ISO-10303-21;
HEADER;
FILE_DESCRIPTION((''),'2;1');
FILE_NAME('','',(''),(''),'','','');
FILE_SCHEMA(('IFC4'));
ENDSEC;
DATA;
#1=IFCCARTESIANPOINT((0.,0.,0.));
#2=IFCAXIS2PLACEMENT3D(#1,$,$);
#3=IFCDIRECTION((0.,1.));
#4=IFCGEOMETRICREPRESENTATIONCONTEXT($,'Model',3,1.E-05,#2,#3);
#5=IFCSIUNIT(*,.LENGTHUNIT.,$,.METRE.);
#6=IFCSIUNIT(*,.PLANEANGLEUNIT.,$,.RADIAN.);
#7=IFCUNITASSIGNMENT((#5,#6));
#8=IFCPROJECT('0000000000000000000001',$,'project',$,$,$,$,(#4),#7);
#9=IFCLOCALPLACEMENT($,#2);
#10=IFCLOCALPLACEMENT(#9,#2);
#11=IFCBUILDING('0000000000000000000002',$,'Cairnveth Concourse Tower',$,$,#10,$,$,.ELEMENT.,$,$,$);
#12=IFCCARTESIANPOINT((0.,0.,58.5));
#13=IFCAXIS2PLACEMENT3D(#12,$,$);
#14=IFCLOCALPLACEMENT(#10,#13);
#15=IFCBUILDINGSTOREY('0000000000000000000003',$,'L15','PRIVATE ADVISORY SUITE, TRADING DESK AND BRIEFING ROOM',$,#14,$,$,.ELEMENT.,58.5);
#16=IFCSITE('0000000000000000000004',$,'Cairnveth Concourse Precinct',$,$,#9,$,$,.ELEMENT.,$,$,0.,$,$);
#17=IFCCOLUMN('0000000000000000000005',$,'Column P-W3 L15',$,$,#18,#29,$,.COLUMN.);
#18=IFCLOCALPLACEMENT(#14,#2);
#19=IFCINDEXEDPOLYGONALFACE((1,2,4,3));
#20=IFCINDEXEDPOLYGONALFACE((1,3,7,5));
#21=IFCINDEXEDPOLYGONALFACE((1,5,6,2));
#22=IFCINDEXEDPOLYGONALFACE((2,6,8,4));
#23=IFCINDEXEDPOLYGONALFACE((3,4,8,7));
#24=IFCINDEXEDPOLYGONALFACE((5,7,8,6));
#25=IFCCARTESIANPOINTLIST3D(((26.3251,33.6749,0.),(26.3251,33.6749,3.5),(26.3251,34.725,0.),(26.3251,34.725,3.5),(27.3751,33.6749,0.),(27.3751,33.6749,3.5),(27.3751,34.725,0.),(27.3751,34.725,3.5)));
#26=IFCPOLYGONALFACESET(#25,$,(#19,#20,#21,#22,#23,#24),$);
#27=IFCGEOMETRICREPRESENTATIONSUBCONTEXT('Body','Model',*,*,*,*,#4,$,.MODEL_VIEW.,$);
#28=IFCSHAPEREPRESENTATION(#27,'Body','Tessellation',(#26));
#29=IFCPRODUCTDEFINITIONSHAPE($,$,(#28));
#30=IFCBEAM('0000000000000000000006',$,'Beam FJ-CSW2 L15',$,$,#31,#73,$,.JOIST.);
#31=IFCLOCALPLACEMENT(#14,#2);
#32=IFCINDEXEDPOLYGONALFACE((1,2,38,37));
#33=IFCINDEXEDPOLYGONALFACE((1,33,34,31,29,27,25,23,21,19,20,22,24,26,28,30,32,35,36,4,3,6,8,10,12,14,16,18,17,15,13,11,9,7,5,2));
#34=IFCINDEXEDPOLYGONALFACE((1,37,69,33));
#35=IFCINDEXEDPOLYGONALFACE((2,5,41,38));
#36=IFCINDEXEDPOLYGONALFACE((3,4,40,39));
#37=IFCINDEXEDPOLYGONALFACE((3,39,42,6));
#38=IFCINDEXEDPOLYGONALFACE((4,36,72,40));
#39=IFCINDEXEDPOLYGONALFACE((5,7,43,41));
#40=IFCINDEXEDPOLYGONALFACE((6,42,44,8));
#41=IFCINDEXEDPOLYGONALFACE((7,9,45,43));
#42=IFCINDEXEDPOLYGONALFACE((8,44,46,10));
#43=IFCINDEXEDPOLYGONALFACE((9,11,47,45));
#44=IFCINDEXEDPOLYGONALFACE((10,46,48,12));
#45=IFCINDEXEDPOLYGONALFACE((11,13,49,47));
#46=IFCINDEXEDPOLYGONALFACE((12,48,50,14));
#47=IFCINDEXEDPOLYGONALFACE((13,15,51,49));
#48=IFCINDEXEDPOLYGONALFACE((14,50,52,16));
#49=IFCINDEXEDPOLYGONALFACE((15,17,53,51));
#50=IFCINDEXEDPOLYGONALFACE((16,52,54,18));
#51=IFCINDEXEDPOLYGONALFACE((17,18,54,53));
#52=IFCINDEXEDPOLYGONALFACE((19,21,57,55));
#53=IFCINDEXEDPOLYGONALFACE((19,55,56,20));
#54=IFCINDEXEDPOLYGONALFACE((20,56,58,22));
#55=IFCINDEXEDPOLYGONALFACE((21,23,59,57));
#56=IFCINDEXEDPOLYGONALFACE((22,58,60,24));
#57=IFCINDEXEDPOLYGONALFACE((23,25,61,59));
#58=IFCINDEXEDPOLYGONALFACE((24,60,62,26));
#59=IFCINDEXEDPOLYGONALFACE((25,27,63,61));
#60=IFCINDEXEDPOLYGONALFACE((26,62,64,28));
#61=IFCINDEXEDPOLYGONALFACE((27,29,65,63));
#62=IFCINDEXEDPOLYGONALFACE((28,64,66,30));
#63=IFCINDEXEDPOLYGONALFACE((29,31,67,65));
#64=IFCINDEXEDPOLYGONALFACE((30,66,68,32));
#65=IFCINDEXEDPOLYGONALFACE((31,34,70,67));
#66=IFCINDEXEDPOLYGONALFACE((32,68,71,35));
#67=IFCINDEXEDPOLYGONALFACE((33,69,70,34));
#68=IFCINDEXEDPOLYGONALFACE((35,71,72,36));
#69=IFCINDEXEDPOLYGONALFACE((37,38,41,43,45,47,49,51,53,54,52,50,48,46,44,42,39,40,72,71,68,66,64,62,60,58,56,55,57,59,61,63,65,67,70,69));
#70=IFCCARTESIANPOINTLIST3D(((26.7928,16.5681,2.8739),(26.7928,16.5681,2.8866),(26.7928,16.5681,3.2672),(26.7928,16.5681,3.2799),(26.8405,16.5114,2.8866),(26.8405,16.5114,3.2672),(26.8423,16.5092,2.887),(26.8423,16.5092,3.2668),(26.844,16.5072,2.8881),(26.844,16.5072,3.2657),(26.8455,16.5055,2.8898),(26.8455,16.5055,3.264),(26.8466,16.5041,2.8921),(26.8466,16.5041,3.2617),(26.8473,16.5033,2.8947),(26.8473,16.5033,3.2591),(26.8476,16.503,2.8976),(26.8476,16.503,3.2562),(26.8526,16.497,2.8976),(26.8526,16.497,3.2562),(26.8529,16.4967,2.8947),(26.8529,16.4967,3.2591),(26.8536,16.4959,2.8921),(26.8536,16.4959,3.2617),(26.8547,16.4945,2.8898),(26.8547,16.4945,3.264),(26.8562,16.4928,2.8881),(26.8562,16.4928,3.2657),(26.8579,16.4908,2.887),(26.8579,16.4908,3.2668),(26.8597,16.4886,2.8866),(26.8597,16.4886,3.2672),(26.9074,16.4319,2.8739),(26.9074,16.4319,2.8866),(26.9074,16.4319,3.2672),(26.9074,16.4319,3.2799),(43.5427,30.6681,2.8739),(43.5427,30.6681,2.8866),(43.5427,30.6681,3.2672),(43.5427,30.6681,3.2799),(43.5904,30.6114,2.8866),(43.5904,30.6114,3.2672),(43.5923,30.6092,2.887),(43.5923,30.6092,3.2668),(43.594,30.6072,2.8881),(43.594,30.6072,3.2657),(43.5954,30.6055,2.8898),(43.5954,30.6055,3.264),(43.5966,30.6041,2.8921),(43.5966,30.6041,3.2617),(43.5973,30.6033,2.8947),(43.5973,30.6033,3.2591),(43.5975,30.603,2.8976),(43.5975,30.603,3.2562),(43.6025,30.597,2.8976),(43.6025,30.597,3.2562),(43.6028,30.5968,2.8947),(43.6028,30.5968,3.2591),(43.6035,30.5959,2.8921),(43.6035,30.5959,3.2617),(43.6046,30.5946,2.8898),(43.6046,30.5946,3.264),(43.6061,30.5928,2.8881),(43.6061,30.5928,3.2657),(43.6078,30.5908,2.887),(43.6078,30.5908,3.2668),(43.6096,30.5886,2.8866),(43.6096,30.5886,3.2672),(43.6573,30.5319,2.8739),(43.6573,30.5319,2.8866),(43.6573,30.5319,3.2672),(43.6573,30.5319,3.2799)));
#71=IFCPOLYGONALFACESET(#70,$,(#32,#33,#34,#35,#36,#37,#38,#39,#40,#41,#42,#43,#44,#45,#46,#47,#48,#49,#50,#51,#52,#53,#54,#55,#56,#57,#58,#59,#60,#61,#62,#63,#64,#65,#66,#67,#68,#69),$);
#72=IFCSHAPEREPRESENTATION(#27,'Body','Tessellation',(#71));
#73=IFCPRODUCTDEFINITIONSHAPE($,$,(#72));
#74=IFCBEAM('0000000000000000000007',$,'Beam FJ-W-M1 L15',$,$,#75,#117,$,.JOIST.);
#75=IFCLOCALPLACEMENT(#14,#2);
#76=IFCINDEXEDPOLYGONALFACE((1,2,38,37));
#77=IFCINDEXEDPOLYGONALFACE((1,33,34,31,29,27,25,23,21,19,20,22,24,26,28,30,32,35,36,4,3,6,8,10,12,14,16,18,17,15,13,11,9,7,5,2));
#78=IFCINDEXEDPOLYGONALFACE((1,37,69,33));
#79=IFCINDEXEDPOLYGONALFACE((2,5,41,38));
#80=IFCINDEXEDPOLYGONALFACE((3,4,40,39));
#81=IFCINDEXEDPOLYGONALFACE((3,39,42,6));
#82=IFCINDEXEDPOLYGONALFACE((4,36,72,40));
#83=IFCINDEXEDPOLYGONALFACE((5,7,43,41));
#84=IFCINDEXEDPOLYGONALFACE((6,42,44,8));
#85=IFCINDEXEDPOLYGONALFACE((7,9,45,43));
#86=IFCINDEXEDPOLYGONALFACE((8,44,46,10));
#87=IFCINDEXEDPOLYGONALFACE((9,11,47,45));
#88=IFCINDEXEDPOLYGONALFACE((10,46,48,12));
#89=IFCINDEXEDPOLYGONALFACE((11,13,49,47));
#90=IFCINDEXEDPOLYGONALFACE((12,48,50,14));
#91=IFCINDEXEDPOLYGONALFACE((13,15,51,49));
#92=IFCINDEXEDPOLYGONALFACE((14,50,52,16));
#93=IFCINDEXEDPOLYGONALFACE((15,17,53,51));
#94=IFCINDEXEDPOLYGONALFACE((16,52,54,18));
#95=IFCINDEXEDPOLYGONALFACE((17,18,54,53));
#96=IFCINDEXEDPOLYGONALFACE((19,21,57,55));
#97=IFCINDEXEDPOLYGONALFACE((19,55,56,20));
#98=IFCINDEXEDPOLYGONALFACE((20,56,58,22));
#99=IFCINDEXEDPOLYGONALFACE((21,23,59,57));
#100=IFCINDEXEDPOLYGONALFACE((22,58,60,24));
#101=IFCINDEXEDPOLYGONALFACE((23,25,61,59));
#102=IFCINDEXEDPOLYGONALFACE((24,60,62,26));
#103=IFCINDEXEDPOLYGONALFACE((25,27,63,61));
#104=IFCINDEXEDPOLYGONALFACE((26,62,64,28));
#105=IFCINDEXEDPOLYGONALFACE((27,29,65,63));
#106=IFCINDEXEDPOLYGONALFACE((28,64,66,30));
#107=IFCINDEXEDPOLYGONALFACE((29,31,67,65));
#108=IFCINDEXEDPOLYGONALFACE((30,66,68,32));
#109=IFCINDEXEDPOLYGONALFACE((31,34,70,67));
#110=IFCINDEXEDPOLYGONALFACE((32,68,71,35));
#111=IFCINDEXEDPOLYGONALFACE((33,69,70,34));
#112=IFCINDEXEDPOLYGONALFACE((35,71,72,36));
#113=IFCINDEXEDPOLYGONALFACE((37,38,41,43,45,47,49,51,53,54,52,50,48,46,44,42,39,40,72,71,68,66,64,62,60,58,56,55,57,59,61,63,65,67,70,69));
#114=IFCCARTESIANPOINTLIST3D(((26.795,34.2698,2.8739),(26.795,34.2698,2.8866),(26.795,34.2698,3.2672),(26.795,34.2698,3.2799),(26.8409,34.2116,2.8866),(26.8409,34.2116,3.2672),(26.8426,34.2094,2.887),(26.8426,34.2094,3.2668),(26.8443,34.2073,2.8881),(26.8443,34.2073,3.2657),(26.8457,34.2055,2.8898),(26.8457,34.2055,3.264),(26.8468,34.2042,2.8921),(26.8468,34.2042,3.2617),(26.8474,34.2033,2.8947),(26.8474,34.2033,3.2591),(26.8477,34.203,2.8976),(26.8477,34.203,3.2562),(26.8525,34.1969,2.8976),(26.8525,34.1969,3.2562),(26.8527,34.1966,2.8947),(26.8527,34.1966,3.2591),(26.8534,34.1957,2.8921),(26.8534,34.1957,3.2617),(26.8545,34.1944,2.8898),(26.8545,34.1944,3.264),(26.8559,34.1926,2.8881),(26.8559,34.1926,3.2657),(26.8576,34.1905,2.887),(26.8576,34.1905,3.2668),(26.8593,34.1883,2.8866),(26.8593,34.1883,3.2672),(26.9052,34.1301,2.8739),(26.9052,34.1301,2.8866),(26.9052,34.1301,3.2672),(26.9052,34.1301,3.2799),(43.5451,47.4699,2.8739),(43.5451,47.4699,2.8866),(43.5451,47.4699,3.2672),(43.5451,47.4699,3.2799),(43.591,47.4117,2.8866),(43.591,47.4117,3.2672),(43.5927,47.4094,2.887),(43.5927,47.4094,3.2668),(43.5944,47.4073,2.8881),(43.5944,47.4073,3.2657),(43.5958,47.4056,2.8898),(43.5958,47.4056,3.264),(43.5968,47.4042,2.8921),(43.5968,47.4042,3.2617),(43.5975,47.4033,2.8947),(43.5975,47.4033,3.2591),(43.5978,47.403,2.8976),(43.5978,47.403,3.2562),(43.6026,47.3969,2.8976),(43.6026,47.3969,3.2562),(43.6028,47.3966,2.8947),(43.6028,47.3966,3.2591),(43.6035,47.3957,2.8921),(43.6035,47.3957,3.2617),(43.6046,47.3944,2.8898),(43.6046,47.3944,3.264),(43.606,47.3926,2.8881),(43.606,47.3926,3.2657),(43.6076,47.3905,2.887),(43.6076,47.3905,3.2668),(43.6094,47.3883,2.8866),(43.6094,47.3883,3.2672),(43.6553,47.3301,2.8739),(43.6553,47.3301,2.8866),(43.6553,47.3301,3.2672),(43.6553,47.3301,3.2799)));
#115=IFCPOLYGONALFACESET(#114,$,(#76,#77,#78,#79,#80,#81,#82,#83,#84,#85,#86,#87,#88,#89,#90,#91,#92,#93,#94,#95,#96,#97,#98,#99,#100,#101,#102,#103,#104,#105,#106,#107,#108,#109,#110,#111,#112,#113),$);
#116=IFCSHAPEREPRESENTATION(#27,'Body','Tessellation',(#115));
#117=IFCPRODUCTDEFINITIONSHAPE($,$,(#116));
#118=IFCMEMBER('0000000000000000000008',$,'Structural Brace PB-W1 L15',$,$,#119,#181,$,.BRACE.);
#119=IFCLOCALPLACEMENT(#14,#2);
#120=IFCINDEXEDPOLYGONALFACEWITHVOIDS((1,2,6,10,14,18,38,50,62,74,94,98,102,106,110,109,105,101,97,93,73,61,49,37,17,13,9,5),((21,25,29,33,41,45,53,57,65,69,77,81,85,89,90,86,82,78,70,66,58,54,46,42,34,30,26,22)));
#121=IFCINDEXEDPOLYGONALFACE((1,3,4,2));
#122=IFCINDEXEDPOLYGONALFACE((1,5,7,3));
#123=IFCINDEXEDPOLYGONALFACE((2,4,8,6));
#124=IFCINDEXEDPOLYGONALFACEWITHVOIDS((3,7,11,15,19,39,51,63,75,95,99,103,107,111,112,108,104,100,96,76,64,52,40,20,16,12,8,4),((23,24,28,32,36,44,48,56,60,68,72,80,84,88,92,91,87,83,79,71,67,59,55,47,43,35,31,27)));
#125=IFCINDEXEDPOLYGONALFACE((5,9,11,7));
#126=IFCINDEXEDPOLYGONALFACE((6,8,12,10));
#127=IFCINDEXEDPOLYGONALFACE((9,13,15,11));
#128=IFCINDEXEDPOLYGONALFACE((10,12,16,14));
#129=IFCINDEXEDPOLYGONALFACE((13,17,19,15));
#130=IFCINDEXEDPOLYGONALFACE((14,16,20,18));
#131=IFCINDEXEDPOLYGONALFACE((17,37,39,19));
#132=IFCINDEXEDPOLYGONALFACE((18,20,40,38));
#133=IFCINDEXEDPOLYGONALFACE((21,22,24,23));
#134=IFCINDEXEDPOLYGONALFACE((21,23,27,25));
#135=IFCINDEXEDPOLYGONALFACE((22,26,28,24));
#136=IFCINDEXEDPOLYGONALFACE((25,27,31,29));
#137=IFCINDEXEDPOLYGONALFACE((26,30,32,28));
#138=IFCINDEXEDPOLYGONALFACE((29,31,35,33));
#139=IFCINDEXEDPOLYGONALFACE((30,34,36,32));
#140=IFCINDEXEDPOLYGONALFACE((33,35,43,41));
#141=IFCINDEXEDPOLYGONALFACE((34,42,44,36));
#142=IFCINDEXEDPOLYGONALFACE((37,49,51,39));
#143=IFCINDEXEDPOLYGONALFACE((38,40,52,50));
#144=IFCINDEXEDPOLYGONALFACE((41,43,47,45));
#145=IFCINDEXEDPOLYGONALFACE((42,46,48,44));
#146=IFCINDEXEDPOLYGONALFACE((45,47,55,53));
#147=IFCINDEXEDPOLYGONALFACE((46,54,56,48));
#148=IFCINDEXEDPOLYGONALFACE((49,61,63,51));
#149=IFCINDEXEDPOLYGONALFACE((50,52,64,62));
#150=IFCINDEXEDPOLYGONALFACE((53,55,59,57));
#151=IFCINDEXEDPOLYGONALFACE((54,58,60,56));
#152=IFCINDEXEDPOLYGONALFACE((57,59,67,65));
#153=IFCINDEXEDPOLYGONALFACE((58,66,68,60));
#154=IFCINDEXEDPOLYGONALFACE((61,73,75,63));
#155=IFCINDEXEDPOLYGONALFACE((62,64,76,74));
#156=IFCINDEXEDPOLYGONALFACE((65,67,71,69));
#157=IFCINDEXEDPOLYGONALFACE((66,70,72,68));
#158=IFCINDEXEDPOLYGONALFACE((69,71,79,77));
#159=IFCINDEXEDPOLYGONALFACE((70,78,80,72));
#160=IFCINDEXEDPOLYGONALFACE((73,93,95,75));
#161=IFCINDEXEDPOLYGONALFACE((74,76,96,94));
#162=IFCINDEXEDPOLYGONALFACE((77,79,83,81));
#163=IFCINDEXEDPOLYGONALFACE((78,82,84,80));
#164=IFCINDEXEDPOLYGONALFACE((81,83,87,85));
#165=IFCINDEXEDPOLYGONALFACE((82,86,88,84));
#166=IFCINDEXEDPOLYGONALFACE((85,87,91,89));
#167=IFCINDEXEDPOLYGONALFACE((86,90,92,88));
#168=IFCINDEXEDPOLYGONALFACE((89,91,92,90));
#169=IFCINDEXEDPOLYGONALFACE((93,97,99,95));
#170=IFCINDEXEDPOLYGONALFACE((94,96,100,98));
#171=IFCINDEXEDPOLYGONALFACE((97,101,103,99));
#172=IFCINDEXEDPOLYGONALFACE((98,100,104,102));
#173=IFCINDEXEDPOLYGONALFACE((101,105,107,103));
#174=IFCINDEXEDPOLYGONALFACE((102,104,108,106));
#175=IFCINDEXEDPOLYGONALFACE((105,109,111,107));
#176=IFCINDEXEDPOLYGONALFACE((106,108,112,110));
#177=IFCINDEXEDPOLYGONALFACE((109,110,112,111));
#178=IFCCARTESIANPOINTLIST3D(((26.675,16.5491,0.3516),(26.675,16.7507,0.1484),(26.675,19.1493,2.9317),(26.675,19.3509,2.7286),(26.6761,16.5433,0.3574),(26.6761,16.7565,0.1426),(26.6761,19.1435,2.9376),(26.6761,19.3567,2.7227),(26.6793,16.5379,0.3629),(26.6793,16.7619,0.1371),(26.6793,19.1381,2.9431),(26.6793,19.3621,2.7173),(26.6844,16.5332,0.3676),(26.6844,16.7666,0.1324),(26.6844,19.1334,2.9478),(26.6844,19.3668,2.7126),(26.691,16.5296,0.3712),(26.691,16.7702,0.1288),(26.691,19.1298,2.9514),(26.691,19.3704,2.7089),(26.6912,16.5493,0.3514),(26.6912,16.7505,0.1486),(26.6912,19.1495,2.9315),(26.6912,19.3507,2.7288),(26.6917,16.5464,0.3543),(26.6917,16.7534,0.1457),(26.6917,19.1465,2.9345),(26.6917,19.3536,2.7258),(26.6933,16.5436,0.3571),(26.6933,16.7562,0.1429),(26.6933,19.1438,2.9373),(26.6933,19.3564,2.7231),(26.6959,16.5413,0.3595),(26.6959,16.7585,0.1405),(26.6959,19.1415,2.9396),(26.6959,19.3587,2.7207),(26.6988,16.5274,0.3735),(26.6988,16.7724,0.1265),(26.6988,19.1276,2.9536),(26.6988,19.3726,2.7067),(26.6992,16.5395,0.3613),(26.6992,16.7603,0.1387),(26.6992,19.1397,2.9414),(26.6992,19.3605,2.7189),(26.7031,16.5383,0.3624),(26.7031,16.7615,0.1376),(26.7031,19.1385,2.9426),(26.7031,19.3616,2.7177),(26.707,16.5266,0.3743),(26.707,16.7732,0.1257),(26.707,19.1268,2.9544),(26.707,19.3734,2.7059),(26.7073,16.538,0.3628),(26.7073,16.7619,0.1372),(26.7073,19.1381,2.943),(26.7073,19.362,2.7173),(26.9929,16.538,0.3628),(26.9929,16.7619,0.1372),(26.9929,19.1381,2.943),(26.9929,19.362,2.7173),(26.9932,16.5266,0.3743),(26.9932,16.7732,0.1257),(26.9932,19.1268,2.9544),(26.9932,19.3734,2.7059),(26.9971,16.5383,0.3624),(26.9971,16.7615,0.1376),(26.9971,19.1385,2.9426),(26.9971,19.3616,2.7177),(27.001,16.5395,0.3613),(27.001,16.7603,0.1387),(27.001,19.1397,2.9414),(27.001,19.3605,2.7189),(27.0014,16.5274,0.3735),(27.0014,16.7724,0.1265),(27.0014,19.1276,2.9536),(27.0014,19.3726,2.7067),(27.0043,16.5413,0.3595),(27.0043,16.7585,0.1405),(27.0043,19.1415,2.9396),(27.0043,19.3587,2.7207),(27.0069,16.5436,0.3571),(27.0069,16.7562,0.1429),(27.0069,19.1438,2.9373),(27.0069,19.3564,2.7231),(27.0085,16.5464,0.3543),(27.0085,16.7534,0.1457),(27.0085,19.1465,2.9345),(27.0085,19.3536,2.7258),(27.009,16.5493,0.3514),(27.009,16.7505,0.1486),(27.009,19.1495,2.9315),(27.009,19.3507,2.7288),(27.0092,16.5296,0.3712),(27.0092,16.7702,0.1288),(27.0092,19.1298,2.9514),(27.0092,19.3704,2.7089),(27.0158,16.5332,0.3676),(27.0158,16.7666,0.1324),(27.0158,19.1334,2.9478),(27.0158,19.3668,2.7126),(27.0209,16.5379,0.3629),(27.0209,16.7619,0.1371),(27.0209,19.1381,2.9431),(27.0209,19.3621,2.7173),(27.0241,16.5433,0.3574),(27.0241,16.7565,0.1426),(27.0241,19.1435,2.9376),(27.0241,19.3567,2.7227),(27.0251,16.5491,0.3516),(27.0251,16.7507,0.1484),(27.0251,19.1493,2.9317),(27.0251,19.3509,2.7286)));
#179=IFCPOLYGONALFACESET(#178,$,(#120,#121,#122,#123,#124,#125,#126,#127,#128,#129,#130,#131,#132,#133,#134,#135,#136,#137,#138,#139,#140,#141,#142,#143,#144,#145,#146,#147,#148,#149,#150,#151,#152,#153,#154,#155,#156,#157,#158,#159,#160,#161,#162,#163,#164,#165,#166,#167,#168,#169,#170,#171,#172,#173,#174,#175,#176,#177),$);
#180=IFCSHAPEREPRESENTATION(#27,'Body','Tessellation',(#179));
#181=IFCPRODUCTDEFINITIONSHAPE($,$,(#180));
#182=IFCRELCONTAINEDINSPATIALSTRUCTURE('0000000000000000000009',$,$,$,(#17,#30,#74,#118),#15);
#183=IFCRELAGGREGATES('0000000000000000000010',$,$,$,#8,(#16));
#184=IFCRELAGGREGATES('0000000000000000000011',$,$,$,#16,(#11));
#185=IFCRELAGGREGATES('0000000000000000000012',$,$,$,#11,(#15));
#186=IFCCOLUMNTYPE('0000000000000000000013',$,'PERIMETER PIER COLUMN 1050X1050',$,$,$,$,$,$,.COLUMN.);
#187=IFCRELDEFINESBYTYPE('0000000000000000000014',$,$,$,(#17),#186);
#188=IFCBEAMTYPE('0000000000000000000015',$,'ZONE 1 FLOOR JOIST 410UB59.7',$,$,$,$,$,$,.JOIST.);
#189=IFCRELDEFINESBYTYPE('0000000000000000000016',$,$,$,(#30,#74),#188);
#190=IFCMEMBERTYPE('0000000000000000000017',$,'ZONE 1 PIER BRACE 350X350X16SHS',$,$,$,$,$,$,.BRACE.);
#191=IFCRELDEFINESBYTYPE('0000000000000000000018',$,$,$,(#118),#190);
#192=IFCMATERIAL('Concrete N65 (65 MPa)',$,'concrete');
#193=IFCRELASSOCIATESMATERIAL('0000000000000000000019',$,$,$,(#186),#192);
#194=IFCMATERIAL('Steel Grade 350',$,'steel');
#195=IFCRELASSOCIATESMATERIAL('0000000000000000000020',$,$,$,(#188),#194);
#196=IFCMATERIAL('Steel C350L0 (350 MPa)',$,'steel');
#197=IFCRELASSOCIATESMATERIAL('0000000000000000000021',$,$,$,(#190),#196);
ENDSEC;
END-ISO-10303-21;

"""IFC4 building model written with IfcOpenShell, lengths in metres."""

from ifc_helpers import new_model, si_unit, direction, frame, origin, origin_2d, place, context, subcontext, project, spatial, rectangle, hollow_rectangle, i_section, extrude, material, material_profile, profile_set, type_object, element, save


model = new_model("IFC4")

# Units and contexts
model_context = context("Model", 3, precision=1e-05, world=origin(), true_north=direction((0.0, 1.0)))
body_context = subcontext(model_context, "Body", "Model", "MODEL_VIEW")
ifc_project = project(units=[si_unit("LENGTHUNIT", "METRE"), si_unit("PLANEANGLEUNIT", "RADIAN")], contexts=[model_context])

# Site, building, storey
site_placement = place(None, origin())
site = spatial("IfcSite", under=ifc_project, at=site_placement, Name="Cairnveth Concourse Precinct", CompositionType="ELEMENT", RefElevation=0.0)
building_placement = place(site_placement, origin())
building = spatial("IfcBuilding", under=site, at=building_placement, Name="Cairnveth Concourse Tower", CompositionType="ELEMENT")
storey_placement = place(building_placement, frame((0.0, 0.0, 58.5)))
storey = spatial("IfcBuildingStorey", under=building, at=storey_placement, Name="L15", Description="PRIVATE ADVISORY SUITE, TRADING DESK AND BRIEFING ROOM", CompositionType="ELEMENT", Elevation=58.5)

# Column
ifc_material_1 = material(Name="Concrete N65 (65 MPa)", Category="concrete")
ifc_material_profile_1 = material_profile(ifc_material_1, rectangle(XDim=1.05, YDim=1.05, at=origin_2d()), Name="RC-COL-1050x1050")
ifc_profile_set_1 = profile_set([ifc_material_profile_1], Name="Concrete N65 (65 MPa)")
column_type = type_object("IfcColumnType", Name="PERIMETER PIER COLUMN 1050X1050", PredefinedType="COLUMN", material=ifc_profile_set_1)
column_placement = place(storey_placement, frame((26.8501, 34.2, 0.0), z_axis=(0.0, 0.0, 1.0), x_axis=(0.0, 1.0, 0.0)))
element("IfcColumn", 1, at=column_placement, inside=storey, type_object=column_type, Name="Column P-W3 L15", PredefinedType="COLUMN", context=body_context, shape_type="SweptSolid", body=[
    extrude(rectangle(XDim=1.05, YDim=1.05, at=origin_2d()), origin(), (0.0, 0.0, 1.0), 3.5),
])

# Beams
ifc_material_2 = material(Name="Steel Grade 350", Category="steel")
ifc_material_profile_2 = material_profile(ifc_material_2, i_section(OverallWidth=0.178, OverallDepth=0.406, WebThickness=0.0078, FlangeThickness=0.0127, FilletRadius=0.011, at=origin_2d()), Name="410UB59.7")
ifc_profile_set_2 = profile_set([ifc_material_profile_2], Name="Steel Grade 350")
beam_type_1 = type_object("IfcBeamType", Name="ZONE 1 FLOOR JOIST 410UB59.7", PredefinedType="JOIST", material=ifc_profile_set_2)
beam_1_placement = place(storey_placement, frame((26.8501, 16.5, 3.0769), z_axis=(0.765027, 0.643998, 0.0), x_axis=(-0.643998, 0.765027, 0.0)))
element("IfcBeam", 2, at=beam_1_placement, inside=storey, type_object=beam_type_1, Name="Beam FJ-CSW2 L15", PredefinedType="JOIST", context=body_context, shape_type="SweptSolid", body=[
    extrude(i_section(OverallWidth=0.178, OverallDepth=0.406, WebThickness=0.0078, FlangeThickness=0.0127, FilletRadius=0.011, at=origin_2d()), origin(), (0.0, 0.0, 1.0), 21.8945),
])
beam_2_placement = place(storey_placement, frame((26.8501, 34.2, 3.0769), z_axis=(0.785424, 0.618958, 0.0), x_axis=(-0.618958, 0.785424, 0.0)))
element("IfcBeam", 3, at=beam_2_placement, inside=storey, type_object=beam_type_1, Name="Beam FJ-W-M1 L15", PredefinedType="JOIST", context=body_context, shape_type="SweptSolid", body=[
    extrude(i_section(OverallWidth=0.178, OverallDepth=0.406, WebThickness=0.0078, FlangeThickness=0.0127, FilletRadius=0.011, at=origin_2d()), origin(), (0.0, 0.0, 1.0), 21.3262),
])

# Member
ifc_material_3 = material(Name="Steel C350L0 (350 MPa)", Category="steel")
ifc_material_profile_3 = material_profile(ifc_material_3, hollow_rectangle(XDim=0.3501, YDim=0.3501, WallThickness=0.0161, InnerFilletRadius=0.0161, OuterFilletRadius=0.032, at=origin_2d()), Name="350x350x16.0SHS")
ifc_profile_set_3 = profile_set([ifc_material_profile_3], Name="Steel C350L0 (350 MPa)")
member_type = type_object("IfcMemberType", Name="ZONE 1 PIER BRACE 350X350X16SHS", PredefinedType="BRACE", material=ifc_profile_set_3)
member_placement = place(storey_placement, frame((26.8501, 16.6499, 0.25), z_axis=(0.0, 0.709834, 0.704369), x_axis=(-1.0, 0.0, 0.0)))
element("IfcMember", 4, at=member_placement, inside=storey, type_object=member_type, Name="Structural Brace PB-W1 L15", PredefinedType="BRACE", context=body_context, shape_type="SweptSolid", body=[
    extrude(hollow_rectangle(XDim=0.3501, YDim=0.3501, WallThickness=0.0161, InnerFilletRadius=0.0161, OuterFilletRadius=0.032, at=origin_2d()), origin(), (0.0, 0.0, 1.0), 3.6631),
])

save(model, "model.ifc")
